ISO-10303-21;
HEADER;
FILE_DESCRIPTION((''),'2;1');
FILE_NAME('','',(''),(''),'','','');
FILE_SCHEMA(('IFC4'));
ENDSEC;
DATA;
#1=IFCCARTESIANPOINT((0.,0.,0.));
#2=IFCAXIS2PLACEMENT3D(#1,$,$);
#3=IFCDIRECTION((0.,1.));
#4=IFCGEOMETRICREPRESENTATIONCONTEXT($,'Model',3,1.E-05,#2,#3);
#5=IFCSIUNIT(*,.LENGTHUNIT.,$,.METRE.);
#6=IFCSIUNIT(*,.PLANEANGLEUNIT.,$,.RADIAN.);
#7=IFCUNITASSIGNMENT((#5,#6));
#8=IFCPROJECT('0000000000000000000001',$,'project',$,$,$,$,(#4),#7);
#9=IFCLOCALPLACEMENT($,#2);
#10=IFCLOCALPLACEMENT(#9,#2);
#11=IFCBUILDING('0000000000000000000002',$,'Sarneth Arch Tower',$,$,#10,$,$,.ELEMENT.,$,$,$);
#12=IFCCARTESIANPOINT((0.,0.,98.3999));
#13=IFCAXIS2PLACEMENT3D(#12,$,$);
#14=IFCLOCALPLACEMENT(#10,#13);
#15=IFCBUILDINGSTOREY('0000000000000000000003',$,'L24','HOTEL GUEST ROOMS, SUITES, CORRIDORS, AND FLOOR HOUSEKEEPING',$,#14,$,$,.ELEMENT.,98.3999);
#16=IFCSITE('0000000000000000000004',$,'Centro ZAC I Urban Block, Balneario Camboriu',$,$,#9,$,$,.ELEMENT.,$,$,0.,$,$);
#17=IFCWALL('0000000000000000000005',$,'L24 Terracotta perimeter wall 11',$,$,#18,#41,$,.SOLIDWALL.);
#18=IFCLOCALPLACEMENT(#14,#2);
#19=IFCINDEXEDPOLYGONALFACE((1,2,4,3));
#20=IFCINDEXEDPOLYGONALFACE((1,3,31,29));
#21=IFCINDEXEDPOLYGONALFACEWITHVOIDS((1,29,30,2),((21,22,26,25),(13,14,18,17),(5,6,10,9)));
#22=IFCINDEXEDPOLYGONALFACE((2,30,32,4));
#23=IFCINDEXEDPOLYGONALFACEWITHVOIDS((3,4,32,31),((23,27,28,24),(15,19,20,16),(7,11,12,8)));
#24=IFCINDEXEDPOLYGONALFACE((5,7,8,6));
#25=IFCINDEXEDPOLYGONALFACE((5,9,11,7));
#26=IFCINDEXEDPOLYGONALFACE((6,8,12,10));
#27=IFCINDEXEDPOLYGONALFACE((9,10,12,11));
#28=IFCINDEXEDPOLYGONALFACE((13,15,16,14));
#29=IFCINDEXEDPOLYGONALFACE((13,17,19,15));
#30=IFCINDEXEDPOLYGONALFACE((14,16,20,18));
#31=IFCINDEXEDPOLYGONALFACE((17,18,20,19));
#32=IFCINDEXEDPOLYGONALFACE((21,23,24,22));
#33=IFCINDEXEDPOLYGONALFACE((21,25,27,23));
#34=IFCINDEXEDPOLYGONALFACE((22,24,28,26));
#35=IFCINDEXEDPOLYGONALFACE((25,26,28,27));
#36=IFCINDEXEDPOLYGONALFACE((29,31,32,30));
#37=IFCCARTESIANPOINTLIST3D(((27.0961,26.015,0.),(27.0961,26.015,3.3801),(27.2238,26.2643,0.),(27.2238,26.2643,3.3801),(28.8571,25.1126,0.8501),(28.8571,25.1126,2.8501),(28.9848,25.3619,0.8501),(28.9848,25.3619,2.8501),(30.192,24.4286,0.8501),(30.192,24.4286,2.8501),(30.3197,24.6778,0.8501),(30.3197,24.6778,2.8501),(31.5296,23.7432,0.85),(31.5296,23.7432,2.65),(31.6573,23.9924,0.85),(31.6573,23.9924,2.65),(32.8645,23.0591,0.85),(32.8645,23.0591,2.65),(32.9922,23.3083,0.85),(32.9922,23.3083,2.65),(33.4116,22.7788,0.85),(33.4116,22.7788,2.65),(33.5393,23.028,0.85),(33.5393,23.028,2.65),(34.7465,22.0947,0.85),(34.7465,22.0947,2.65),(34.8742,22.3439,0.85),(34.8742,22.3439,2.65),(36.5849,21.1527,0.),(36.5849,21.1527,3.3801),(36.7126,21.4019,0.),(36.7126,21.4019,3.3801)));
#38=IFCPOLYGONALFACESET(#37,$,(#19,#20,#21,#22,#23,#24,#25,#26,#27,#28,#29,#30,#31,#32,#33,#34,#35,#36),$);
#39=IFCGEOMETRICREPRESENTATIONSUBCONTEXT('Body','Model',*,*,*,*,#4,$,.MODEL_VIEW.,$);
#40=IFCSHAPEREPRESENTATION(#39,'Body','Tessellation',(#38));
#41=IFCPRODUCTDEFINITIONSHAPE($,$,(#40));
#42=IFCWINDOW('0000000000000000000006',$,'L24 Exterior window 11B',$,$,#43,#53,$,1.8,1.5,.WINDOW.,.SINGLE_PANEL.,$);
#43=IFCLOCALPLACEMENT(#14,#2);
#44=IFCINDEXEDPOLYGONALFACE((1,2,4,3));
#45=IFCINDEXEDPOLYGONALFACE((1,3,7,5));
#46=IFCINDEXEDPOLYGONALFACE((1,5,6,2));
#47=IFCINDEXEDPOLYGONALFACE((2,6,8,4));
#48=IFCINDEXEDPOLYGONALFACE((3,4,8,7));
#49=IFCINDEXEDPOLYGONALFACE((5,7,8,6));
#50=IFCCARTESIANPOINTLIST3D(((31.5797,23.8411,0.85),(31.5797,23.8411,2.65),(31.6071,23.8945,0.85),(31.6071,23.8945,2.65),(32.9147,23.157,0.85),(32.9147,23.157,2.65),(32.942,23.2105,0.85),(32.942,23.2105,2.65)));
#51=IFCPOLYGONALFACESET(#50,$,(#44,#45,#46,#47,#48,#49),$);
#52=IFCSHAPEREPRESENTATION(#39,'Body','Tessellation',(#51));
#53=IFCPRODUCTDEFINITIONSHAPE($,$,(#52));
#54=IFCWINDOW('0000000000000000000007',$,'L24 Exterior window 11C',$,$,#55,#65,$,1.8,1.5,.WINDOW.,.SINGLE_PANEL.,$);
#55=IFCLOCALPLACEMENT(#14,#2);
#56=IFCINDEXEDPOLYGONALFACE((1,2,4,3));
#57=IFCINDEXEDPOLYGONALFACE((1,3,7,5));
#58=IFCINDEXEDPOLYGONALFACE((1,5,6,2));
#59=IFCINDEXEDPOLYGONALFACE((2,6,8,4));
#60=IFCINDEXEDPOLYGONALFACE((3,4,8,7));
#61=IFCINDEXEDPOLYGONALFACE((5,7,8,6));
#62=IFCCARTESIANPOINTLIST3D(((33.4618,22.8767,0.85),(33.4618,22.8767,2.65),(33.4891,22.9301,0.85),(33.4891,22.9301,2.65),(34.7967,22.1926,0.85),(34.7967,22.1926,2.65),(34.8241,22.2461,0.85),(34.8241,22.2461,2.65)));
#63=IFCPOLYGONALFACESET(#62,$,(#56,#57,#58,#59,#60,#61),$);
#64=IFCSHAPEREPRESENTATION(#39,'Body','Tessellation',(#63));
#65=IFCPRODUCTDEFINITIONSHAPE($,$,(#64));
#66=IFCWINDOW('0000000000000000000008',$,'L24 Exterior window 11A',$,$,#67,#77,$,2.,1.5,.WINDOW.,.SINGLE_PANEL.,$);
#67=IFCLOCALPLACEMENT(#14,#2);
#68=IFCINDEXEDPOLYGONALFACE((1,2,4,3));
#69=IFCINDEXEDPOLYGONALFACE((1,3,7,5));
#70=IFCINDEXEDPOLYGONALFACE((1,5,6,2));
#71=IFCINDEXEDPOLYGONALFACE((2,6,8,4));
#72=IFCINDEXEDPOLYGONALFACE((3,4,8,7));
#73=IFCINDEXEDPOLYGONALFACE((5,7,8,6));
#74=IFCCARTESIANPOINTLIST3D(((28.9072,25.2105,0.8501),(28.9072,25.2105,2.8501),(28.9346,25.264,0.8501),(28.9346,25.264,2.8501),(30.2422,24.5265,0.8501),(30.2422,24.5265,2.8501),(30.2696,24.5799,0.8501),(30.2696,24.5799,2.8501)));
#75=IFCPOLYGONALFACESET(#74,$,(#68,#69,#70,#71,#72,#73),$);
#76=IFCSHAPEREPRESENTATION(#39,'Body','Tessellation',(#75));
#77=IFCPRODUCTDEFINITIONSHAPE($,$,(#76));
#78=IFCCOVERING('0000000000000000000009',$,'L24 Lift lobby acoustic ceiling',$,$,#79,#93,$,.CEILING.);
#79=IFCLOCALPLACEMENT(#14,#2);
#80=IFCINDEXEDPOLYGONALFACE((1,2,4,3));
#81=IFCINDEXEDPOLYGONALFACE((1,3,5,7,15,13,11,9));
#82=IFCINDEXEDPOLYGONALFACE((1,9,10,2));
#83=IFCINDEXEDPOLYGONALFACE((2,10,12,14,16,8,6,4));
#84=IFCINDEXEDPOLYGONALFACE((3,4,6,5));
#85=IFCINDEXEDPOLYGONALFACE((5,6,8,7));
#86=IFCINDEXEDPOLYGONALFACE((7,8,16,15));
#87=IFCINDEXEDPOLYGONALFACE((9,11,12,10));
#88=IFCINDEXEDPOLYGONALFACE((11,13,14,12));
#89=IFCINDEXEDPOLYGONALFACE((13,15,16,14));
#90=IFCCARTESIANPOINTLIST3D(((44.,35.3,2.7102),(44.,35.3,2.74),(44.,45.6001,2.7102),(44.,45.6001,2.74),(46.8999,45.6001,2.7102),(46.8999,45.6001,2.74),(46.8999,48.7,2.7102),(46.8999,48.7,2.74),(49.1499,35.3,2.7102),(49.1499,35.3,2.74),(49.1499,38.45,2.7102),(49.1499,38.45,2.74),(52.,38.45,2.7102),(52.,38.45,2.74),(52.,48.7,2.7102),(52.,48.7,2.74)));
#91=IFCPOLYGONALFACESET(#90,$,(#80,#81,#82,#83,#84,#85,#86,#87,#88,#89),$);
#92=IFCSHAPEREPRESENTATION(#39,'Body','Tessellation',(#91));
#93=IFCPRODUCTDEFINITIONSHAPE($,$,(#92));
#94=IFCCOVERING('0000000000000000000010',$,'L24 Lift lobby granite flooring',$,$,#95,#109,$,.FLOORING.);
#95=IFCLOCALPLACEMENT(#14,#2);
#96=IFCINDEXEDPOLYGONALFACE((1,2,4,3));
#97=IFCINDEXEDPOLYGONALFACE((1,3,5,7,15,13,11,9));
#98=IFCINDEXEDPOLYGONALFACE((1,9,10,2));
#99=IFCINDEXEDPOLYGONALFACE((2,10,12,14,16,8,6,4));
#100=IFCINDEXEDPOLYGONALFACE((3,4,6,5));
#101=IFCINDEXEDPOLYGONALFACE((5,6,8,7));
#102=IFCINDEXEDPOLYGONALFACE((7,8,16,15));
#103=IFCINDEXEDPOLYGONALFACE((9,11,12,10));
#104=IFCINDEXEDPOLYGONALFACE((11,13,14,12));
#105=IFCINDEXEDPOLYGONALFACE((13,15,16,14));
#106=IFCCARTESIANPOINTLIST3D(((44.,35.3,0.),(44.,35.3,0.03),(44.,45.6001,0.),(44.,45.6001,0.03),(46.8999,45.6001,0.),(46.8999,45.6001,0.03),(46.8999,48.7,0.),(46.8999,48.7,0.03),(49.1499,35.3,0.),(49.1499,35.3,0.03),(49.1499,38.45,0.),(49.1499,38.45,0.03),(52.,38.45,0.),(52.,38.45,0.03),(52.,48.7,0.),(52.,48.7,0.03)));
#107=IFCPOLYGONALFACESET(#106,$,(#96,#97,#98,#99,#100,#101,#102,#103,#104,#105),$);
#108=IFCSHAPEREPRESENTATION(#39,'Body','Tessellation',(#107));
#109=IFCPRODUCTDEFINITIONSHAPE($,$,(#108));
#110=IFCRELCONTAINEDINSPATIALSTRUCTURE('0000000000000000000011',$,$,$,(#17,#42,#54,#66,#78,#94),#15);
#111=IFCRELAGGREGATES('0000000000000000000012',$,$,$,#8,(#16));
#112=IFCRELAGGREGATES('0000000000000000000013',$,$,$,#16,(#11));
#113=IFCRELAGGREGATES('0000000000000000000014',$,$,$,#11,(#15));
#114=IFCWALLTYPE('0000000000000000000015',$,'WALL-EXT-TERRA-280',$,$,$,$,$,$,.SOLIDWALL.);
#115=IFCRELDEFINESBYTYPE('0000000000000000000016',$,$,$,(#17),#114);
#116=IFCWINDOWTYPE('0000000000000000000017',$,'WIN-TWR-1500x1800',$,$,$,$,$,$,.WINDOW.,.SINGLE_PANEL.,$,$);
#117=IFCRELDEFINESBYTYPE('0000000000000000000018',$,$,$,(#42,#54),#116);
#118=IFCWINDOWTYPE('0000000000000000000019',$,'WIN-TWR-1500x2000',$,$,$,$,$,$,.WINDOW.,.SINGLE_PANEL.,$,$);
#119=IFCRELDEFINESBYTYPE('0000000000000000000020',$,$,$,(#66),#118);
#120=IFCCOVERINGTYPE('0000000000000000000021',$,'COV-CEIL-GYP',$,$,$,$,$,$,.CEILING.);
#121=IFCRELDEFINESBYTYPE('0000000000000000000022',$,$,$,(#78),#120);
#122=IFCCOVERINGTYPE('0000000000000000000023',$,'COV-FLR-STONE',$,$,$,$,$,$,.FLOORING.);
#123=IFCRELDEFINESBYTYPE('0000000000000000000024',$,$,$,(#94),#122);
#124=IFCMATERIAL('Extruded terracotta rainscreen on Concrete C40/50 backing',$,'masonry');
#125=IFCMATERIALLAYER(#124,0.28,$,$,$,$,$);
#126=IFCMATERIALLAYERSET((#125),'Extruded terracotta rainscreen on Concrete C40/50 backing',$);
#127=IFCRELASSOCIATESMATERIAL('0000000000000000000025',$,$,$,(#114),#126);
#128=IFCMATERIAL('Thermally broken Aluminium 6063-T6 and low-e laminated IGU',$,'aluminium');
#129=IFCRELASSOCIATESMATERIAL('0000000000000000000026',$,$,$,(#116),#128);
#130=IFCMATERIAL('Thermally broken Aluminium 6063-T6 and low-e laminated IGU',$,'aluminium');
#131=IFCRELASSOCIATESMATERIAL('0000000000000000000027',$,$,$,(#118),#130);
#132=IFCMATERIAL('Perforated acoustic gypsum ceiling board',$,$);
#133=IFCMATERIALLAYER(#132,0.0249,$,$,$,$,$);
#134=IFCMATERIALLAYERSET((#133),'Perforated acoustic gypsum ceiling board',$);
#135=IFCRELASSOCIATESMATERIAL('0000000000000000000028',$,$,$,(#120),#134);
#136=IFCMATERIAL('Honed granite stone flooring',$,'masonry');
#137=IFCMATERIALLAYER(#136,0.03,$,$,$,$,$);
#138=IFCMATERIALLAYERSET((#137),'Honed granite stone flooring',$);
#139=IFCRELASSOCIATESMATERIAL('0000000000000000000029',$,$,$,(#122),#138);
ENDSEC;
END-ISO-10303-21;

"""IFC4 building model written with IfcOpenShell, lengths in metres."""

from ifc_helpers import new_model, si_unit, direction, frame, frame_2d, origin, place, context, subcontext, project, spatial, polyline, rectangle, outline, extrude, material, layer, layer_set, type_object, element, fill, save


model = new_model("IFC4")

# Units and contexts
model_context = context("Model", 3, precision=1e-05, world=origin(), true_north=direction((0.0, 1.0)))
body_context = subcontext(model_context, "Body", "Model", "MODEL_VIEW")
ifc_project = project(units=[si_unit("LENGTHUNIT", "METRE"), si_unit("PLANEANGLEUNIT", "RADIAN")], contexts=[model_context])

# Site, building, storey
site_placement = place(None, origin())
site = spatial("IfcSite", under=ifc_project, at=site_placement, Name="Centro ZAC I Urban Block, Balneario Camboriu", CompositionType="ELEMENT", RefElevation=0.0)
building_placement = place(site_placement, origin())
building = spatial("IfcBuilding", under=site, at=building_placement, Name="Sarneth Arch Tower", CompositionType="ELEMENT")
storey_placement = place(building_placement, frame((0.0, 0.0, 98.3999)))
storey = spatial("IfcBuildingStorey", under=building, at=storey_placement, Name="L24", Description="HOTEL GUEST ROOMS, SUITES, CORRIDORS, AND FLOOR HOUSEKEEPING", CompositionType="ELEMENT", Elevation=98.3999)

# Wall, openings, windows
ifc_material_1 = material(Name="Extruded terracotta rainscreen on Concrete C40/50 backing", Category="masonry")
ifc_layer_1 = layer(ifc_material_1, 0.28)
ifc_layer_set_1 = layer_set([ifc_layer_1], Name="Extruded terracotta rainscreen on Concrete C40/50 backing")
wall_type = type_object("IfcWallType", Name="WALL-EXT-TERRA-280", PredefinedType="SOLIDWALL", material=ifc_layer_set_1)
wall_placement = place(storey_placement, frame((27.1599, 26.1396, 0.0), z_axis=(0.0, 0.0, 1.0), x_axis=(0.88996, -0.45604, 0.0)))
wall = element("IfcWall", 1, at=wall_placement, inside=storey, type_object=wall_type, Name="L24 Terracotta perimeter wall 11", PredefinedType="SOLIDWALL", context=body_context, shape_type="SweptSolid", body=[
    extrude(rectangle(XDim=10.6621, YDim=0.28, at=frame_2d((5.3311, 0.0))), origin(), (0.0, 0.0, 1.0), 3.3801),
])
opening_1_placement = place(wall_placement, frame((1.9788, 0.0, 0.8501)))
opening_1 = element("IfcOpeningElement", 2, at=opening_1_placement, cuts=wall, PredefinedType="OPENING", context=body_context, shape_type="SweptSolid", body=[
    extrude(rectangle(XDim=1.5, YDim=2.0, at=frame_2d((0.75, 1.0))), frame((0.0, 0.1499, 0.0), z_axis=(0.0, -1.0, 0.0), x_axis=(1.0, 0.0, 0.0)), (0.0, 0.0, 1.0), 0.3),
])
opening_2_placement = place(wall_placement, frame((4.9817, 0.0, 0.8501)))
opening_2 = element("IfcOpeningElement", 3, at=opening_2_placement, cuts=wall, PredefinedType="OPENING", context=body_context, shape_type="SweptSolid", body=[
    extrude(rectangle(XDim=1.5, YDim=1.8, at=frame_2d((0.75, 0.8999))), frame((0.0, 0.1499, 0.0), z_axis=(0.0, -1.0, 0.0), x_axis=(1.0, 0.0, 0.0)), (0.0, 0.0, 1.0), 0.3),
])
opening_3_placement = place(wall_placement, frame((7.0964, 0.0, 0.8501)))
opening_3 = element("IfcOpeningElement", 4, at=opening_3_placement, cuts=wall, PredefinedType="OPENING", context=body_context, shape_type="SweptSolid", body=[
    extrude(rectangle(XDim=1.5, YDim=1.8, at=frame_2d((0.75, 0.8999))), frame((0.0, 0.1499, 0.0), z_axis=(0.0, -1.0, 0.0), x_axis=(1.0, 0.0, 0.0)), (0.0, 0.0, 1.0), 0.3),
])
ifc_material_2 = material(Name="Thermally broken Aluminium 6063-T6 and low-e laminated IGU", Category="aluminium")
window_type_1 = type_object("IfcWindowType", Name="WIN-TWR-1500x1800", PartitioningType="SINGLE_PANEL", PredefinedType="WINDOW", material=ifc_material_2)
window_1_placement = place(opening_2_placement, origin())
window_1 = element("IfcWindow", 5, at=window_1_placement, inside=storey, type_object=window_type_1, Name="L24 Exterior window 11B", OverallHeight=1.8, OverallWidth=1.5, PartitioningType="SINGLE_PANEL", PredefinedType="WINDOW", context=body_context, shape_type="SweptSolid", body=[
    extrude(rectangle(XDim=1.5, YDim=1.8, at=frame_2d((0.75, 0.8999))), frame((0.0, 0.03, 0.0), z_axis=(0.0, -1.0, 0.0), x_axis=(1.0, 0.0, 0.0)), (0.0, 0.0, 1.0), 0.0601),
])
fill(opening_2, window_1)
window_2_placement = place(opening_3_placement, origin())
window_2 = element("IfcWindow", 6, at=window_2_placement, inside=storey, type_object=window_type_1, Name="L24 Exterior window 11C", OverallHeight=1.8, OverallWidth=1.5, PartitioningType="SINGLE_PANEL", PredefinedType="WINDOW", context=body_context, shape_type="SweptSolid", body=[
    extrude(rectangle(XDim=1.5, YDim=1.8, at=frame_2d((0.75, 0.8999))), frame((0.0, 0.03, 0.0), z_axis=(0.0, -1.0, 0.0), x_axis=(1.0, 0.0, 0.0)), (0.0, 0.0, 1.0), 0.0601),
])
fill(opening_3, window_2)
ifc_material_3 = material(Name="Thermally broken Aluminium 6063-T6 and low-e laminated IGU", Category="aluminium")
window_type_2 = type_object("IfcWindowType", Name="WIN-TWR-1500x2000", PartitioningType="SINGLE_PANEL", PredefinedType="WINDOW", material=ifc_material_3)
window_3_placement = place(opening_1_placement, origin())
window_3 = element("IfcWindow", 7, at=window_3_placement, inside=storey, type_object=window_type_2, Name="L24 Exterior window 11A", OverallHeight=2.0, OverallWidth=1.5, PartitioningType="SINGLE_PANEL", PredefinedType="WINDOW", context=body_context, shape_type="SweptSolid", body=[
    extrude(rectangle(XDim=1.5, YDim=2.0, at=frame_2d((0.75, 1.0))), frame((0.0, 0.03, 0.0), z_axis=(0.0, -1.0, 0.0), x_axis=(1.0, 0.0, 0.0)), (0.0, 0.0, 1.0), 0.0601),
])
fill(opening_1, window_3)

# Coverings
ifc_material_4 = material(Name="Perforated acoustic gypsum ceiling board")
ifc_layer_2 = layer(ifc_material_4, 0.0249)
ifc_layer_set_2 = layer_set([ifc_layer_2], Name="Perforated acoustic gypsum ceiling board")
covering_type_1 = type_object("IfcCoveringType", Name="COV-CEIL-GYP", PredefinedType="CEILING", material=ifc_layer_set_2)
covering_1_placement = place(storey_placement, frame((0.0, 0.0, 2.7102)))
element("IfcCovering", 8, at=covering_1_placement, inside=storey, type_object=covering_type_1, Name="L24 Lift lobby acoustic ceiling", PredefinedType="CEILING", context=body_context, shape_type="SweptSolid", body=[
    extrude(outline(polyline([(49.1499, 38.45), (49.1499, 35.3), (44.0, 35.3), (44.0, 45.6001), (46.8999, 45.6001), (46.8999, 48.7), (52.0, 48.7), (52.0, 38.45), (49.1499, 38.45)])), origin(), (0.0, 0.0, 1.0), 0.0298),
])
ifc_material_5 = material(Name="Honed granite stone flooring", Category="masonry")
ifc_layer_3 = layer(ifc_material_5, 0.03)
ifc_layer_set_3 = layer_set([ifc_layer_3], Name="Honed granite stone flooring")
covering_type_2 = type_object("IfcCoveringType", Name="COV-FLR-STONE", PredefinedType="FLOORING", material=ifc_layer_set_3)
covering_2_placement = place(storey_placement, origin())
element("IfcCovering", 9, at=covering_2_placement, inside=storey, type_object=covering_type_2, Name="L24 Lift lobby granite flooring", PredefinedType="FLOORING", context=body_context, shape_type="SweptSolid", body=[
    extrude(outline(polyline([(49.1499, 38.45), (49.1499, 35.3), (44.0, 35.3), (44.0, 45.6001), (46.8999, 45.6001), (46.8999, 48.7), (52.0, 48.7), (52.0, 38.45), (49.1499, 38.45)])), origin(), (0.0, 0.0, 1.0), 0.03),
])

save(model, "model.ifc")
